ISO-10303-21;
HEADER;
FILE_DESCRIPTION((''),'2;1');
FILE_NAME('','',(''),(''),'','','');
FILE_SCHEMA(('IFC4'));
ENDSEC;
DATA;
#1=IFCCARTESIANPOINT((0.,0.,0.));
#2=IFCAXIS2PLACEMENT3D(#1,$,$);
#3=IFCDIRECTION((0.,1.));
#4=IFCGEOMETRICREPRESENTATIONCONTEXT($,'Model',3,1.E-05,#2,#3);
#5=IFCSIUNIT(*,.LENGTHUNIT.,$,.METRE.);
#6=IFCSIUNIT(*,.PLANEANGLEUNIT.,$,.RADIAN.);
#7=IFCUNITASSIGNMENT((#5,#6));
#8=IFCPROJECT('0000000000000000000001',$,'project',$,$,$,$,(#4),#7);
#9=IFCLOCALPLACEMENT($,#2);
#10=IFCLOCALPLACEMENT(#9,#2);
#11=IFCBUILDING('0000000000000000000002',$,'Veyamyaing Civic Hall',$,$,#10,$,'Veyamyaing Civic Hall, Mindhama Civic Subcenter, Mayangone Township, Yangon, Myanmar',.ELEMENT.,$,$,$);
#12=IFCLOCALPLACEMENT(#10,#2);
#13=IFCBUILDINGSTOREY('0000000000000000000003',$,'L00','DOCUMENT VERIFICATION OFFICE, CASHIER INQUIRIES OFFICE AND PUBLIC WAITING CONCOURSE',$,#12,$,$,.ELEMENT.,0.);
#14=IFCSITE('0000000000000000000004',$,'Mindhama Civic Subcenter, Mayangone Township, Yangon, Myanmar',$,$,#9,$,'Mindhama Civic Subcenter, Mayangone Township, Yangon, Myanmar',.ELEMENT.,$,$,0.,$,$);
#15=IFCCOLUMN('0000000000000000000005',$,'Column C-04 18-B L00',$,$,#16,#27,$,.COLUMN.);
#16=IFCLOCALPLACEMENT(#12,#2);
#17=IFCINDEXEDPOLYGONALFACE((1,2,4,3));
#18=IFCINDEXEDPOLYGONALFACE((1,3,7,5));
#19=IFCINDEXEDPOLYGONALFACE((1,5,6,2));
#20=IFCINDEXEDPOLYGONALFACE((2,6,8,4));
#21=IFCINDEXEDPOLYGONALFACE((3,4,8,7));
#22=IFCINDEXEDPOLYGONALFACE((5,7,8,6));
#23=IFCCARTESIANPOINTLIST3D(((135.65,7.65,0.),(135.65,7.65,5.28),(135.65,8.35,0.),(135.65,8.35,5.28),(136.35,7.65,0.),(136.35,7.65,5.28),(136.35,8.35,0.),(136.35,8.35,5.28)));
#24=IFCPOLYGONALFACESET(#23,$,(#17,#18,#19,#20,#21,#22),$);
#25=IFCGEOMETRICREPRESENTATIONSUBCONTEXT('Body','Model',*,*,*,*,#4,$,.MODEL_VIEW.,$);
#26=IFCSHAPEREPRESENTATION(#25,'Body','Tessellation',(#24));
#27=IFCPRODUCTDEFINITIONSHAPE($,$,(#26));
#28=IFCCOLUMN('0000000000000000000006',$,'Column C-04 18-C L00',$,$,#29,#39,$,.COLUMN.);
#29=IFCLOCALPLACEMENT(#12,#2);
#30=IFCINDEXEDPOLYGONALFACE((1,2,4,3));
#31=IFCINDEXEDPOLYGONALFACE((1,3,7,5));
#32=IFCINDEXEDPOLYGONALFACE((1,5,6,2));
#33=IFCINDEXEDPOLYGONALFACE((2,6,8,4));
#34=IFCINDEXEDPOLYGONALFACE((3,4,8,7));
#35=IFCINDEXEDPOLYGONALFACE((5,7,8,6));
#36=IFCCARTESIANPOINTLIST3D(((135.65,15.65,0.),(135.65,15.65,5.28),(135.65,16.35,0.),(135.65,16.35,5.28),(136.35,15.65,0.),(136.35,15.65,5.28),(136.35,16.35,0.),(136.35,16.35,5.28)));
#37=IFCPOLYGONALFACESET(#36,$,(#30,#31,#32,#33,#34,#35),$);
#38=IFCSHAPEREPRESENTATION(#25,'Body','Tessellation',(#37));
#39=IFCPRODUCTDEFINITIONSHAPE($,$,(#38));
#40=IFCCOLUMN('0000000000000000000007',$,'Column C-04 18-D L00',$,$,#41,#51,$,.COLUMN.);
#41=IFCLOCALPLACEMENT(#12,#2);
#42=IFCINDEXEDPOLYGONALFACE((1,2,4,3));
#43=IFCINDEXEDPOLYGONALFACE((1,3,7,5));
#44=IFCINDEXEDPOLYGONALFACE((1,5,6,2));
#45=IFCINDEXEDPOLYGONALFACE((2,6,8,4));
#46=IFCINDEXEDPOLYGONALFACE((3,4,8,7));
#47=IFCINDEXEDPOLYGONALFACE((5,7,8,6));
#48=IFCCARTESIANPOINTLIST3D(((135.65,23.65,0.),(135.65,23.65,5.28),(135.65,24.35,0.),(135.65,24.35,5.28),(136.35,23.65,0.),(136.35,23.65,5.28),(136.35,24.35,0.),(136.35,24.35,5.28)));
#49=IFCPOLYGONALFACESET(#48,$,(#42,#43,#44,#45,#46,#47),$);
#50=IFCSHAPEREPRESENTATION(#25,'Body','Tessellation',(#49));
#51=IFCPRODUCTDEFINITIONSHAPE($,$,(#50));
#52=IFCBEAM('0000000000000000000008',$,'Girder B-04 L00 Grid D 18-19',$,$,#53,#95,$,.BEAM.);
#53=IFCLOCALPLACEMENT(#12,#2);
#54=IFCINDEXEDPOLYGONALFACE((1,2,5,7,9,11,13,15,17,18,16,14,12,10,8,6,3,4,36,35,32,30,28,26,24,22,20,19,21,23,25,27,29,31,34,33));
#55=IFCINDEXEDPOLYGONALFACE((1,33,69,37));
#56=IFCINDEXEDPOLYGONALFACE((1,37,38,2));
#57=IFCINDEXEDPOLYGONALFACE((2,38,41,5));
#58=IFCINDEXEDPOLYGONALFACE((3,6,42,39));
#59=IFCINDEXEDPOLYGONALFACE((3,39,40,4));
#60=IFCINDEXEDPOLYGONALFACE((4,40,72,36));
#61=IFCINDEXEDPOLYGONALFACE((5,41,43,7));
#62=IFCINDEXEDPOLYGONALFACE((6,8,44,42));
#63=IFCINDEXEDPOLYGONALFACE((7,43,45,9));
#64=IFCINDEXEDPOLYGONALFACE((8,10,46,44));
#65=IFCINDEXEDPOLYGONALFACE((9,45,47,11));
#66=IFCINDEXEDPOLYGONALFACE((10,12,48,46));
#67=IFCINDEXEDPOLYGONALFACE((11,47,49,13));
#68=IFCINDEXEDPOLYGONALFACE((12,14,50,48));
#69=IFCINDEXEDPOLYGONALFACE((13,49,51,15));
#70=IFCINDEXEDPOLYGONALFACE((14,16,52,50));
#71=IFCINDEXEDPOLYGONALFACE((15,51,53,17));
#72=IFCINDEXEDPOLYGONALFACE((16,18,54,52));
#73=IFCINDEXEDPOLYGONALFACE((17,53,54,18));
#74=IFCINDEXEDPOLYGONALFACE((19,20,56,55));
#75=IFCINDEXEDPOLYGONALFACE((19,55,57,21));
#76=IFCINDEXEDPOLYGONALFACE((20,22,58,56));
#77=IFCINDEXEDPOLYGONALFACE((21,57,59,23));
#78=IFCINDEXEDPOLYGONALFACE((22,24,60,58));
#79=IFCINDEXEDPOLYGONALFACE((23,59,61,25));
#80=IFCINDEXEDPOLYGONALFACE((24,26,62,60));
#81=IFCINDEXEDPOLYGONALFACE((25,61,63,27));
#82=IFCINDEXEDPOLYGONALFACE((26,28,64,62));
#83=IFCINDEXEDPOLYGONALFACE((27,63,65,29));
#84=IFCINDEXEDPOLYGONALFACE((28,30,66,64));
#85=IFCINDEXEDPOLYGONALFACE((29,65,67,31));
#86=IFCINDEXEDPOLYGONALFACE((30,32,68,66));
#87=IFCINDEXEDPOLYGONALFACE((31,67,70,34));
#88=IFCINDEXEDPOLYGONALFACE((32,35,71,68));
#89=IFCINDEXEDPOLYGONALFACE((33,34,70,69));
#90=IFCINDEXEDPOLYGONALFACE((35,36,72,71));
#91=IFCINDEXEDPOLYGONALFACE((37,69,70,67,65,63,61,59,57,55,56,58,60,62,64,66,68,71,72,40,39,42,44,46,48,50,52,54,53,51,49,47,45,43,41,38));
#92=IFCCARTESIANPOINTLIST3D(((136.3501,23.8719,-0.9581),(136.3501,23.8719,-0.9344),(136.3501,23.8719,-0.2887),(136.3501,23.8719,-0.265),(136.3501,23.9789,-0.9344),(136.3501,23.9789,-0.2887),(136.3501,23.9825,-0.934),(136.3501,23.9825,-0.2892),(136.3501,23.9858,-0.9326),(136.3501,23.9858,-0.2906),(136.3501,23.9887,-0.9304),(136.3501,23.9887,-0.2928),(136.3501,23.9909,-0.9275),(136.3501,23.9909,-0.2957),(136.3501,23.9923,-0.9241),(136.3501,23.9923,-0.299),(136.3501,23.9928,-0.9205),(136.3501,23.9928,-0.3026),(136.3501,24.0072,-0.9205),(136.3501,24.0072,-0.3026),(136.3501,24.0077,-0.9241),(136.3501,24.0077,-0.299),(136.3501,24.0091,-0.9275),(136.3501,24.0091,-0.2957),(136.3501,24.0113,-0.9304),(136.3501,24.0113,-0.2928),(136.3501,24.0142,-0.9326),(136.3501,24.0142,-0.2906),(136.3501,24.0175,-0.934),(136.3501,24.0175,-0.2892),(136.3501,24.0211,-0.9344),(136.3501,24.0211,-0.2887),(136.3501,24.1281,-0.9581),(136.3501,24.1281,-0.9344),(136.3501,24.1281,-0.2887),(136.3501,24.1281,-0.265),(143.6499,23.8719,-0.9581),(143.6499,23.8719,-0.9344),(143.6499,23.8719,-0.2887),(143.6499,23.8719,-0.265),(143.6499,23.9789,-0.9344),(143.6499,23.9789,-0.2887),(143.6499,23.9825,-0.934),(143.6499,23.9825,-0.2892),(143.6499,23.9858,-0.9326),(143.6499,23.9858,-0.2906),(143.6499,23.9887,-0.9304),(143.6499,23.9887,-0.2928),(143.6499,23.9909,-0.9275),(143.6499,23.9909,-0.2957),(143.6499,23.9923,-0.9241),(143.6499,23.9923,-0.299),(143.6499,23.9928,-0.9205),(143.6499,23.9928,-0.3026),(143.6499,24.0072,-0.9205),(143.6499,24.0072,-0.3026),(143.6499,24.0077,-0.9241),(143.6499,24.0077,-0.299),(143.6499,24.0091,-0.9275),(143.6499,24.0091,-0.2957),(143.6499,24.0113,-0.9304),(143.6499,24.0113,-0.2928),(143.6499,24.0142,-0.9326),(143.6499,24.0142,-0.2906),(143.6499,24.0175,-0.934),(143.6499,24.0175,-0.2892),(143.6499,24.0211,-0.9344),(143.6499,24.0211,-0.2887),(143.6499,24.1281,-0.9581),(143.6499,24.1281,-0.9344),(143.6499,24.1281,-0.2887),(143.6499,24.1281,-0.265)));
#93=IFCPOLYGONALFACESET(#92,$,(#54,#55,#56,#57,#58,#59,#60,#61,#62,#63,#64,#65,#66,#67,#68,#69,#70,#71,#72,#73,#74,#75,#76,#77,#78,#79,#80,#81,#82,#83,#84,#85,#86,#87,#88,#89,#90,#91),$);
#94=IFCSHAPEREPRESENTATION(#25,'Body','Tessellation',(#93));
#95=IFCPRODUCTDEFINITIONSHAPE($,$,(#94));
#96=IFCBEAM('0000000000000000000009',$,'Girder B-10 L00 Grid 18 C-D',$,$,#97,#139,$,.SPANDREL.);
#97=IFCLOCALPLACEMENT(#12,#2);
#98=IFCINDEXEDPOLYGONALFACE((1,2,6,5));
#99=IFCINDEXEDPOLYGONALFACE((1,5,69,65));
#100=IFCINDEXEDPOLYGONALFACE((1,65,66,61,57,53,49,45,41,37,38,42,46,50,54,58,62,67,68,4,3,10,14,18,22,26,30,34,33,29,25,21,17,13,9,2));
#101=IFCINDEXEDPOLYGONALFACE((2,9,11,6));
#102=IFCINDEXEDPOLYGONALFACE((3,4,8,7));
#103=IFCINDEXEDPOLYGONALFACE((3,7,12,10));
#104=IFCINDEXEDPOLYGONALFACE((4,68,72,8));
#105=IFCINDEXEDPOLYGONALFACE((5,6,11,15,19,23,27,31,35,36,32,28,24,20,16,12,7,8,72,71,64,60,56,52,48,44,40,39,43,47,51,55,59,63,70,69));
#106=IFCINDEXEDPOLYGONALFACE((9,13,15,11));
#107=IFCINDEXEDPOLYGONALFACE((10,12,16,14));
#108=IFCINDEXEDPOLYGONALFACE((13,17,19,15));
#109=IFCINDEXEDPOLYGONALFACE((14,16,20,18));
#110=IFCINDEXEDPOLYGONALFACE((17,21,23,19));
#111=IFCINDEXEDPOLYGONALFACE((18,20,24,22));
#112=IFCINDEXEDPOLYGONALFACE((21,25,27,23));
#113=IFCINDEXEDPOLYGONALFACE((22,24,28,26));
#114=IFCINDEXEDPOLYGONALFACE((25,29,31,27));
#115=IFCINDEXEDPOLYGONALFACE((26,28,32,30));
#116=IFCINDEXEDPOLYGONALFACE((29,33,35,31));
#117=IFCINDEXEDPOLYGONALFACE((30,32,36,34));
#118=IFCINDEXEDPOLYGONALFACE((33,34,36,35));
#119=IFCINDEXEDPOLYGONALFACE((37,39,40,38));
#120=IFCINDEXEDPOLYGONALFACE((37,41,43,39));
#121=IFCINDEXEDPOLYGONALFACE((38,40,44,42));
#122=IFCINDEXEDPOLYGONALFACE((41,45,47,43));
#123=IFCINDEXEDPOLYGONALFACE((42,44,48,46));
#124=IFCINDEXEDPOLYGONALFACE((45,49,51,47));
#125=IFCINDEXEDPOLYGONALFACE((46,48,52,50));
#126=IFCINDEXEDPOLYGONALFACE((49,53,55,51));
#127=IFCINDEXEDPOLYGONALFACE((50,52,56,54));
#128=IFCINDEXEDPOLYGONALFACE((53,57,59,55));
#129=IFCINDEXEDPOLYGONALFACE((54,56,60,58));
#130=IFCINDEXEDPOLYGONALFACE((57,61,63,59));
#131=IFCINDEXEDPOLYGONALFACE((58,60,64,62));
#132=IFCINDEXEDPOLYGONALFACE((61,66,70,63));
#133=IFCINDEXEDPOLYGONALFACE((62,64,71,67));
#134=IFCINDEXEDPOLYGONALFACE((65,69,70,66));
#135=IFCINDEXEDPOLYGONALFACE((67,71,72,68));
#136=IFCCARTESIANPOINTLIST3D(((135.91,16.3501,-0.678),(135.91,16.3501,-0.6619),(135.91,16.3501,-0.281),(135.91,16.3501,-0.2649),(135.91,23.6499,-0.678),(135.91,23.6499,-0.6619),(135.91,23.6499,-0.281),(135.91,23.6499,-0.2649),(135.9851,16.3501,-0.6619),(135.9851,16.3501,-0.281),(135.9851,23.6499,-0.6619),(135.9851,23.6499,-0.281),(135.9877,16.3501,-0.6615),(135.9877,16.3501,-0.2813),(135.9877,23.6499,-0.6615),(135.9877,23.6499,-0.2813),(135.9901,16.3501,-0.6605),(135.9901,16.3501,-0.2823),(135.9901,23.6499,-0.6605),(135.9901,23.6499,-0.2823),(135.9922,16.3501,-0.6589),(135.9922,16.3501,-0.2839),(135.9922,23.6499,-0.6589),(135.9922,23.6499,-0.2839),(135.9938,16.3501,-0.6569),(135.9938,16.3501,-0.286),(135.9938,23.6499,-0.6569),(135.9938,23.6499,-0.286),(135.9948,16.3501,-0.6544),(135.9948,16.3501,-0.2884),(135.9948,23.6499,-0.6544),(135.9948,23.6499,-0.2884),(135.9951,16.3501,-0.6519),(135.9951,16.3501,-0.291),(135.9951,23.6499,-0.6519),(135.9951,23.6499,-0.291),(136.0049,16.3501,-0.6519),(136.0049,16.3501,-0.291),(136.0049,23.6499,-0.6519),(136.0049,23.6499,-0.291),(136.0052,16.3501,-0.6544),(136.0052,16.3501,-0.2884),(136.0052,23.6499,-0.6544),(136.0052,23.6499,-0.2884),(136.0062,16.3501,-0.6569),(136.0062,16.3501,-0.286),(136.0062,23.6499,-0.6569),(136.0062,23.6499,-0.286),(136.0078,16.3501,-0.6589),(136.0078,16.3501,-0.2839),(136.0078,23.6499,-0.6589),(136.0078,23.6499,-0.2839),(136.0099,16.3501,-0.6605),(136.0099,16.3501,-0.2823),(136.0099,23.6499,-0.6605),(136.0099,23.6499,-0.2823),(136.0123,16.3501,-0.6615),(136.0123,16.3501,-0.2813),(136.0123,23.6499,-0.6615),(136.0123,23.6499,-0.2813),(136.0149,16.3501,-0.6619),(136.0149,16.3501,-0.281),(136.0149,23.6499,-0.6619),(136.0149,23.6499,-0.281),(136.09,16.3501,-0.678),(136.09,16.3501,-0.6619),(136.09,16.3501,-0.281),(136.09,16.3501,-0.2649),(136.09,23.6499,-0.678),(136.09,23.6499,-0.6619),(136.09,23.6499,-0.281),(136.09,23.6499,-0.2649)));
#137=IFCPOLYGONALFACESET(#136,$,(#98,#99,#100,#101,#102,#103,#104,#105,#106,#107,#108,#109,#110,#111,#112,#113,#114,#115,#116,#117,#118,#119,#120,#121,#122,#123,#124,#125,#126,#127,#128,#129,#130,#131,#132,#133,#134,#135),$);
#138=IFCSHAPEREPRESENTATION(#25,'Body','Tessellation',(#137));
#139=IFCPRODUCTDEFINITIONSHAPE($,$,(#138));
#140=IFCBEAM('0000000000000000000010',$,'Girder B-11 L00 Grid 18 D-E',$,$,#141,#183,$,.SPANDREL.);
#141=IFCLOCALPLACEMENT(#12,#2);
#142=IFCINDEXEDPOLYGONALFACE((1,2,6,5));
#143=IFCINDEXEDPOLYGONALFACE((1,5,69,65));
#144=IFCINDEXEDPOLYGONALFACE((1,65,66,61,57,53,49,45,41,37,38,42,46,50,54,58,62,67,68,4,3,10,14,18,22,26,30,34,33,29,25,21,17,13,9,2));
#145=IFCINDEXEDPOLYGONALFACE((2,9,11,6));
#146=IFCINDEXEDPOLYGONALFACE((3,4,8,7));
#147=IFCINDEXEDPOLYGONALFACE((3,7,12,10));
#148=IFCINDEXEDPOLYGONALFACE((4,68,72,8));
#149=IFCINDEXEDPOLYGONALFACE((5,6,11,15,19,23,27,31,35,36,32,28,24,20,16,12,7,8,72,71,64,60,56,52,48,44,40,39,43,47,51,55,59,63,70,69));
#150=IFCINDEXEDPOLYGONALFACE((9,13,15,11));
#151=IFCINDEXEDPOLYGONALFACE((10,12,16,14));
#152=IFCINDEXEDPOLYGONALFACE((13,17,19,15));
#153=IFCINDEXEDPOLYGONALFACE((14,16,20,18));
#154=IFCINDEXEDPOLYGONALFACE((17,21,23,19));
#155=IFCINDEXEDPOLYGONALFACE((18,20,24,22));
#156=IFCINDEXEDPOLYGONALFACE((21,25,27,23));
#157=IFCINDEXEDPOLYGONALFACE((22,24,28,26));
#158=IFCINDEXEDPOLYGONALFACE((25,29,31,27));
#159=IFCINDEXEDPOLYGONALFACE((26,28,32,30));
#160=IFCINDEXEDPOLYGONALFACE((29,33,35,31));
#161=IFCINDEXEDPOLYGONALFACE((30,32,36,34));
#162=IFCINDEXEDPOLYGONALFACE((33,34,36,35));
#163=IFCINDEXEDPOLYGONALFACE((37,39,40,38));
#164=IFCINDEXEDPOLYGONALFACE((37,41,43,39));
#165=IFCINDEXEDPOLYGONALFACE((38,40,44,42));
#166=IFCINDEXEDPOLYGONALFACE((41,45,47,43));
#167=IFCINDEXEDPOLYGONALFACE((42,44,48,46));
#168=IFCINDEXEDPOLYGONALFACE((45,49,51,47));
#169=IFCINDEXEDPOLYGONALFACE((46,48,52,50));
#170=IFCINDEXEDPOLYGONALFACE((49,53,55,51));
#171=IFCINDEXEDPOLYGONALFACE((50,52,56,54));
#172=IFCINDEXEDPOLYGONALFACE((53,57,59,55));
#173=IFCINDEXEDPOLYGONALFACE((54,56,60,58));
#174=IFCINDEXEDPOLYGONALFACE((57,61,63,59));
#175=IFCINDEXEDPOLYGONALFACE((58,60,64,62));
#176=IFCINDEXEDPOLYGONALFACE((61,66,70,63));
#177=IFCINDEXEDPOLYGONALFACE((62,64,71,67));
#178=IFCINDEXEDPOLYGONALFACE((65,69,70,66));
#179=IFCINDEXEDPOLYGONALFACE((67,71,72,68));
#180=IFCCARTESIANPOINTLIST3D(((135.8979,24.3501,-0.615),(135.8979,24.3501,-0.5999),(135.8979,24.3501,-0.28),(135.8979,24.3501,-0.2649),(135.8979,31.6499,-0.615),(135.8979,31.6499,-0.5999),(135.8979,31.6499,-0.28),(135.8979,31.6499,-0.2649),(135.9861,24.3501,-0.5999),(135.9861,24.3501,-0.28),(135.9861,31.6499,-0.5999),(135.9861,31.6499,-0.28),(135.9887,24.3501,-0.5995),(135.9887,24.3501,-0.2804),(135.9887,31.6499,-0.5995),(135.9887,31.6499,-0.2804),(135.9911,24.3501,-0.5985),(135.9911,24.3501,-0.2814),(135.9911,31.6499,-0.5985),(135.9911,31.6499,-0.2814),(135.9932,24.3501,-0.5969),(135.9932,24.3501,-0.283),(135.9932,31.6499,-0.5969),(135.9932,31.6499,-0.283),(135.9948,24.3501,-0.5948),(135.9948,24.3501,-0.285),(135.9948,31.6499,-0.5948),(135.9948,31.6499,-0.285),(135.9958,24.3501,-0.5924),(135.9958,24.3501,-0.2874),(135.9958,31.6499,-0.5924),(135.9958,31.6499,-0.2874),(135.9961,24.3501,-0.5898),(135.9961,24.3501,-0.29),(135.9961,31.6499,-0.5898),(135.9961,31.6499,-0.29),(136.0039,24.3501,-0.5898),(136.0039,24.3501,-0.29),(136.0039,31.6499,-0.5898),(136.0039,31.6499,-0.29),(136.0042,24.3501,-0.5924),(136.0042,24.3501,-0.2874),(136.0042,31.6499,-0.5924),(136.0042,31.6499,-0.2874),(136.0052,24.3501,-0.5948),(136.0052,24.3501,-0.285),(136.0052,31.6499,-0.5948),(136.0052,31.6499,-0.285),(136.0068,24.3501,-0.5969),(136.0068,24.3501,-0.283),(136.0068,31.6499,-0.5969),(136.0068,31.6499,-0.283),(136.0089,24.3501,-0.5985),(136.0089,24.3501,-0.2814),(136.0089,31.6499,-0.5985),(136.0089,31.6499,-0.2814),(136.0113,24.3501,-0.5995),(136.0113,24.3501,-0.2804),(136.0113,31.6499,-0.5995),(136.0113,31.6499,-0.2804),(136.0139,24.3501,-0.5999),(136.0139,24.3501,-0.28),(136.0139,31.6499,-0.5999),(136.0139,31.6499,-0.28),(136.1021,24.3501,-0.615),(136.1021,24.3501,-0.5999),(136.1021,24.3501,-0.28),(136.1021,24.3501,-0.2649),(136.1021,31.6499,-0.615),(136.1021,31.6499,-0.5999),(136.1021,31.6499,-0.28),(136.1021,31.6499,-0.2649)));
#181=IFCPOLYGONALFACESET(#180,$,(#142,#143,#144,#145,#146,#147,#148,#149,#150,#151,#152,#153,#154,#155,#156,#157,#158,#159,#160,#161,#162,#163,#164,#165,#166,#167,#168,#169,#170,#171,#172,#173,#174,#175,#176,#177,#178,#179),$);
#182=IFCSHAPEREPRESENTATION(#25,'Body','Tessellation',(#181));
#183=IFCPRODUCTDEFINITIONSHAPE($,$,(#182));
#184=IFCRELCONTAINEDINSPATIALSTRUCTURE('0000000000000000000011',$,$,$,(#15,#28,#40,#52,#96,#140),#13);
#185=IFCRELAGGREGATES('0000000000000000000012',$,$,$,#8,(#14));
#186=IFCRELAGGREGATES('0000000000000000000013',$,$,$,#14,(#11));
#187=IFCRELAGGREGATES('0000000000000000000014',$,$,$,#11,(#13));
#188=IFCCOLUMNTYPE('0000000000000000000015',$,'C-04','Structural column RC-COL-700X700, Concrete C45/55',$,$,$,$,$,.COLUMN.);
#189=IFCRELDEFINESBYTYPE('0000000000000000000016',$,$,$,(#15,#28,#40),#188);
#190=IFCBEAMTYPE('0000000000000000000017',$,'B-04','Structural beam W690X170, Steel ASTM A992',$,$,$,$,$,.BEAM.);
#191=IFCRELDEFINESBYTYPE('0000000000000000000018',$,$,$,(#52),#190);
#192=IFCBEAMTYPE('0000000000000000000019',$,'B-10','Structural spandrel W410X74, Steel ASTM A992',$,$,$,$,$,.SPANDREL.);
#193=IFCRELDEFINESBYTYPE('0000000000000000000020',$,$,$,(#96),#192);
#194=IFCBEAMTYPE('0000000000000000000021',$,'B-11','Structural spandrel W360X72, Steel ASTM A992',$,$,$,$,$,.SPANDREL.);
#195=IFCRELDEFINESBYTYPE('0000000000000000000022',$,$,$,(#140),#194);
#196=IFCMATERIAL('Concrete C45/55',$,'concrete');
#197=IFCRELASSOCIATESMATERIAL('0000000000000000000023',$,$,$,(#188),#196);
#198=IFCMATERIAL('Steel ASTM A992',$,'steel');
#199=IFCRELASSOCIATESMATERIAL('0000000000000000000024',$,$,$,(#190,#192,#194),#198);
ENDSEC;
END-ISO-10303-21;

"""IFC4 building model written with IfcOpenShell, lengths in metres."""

from ifc_helpers import new_model, si_unit, direction, frame, origin, origin_2d, place, context, subcontext, project, spatial, rectangle, i_section, extrude, material, material_profile, profile_set, type_object, element, save


model = new_model("IFC4")

# Units and contexts
model_context = context("Model", 3, precision=1e-05, world=origin(), true_north=direction((0.0, 1.0)))
body_context = subcontext(model_context, "Body", "Model", "MODEL_VIEW")
ifc_project = project(units=[si_unit("LENGTHUNIT", "METRE"), si_unit("PLANEANGLEUNIT", "RADIAN")], contexts=[model_context])

# Site, building, storey
site_placement = place(None, origin())
site = spatial("IfcSite", under=ifc_project, at=site_placement, Name="Mindhama Civic Subcenter, Mayangone Township, Yangon, Myanmar", LongName="Mindhama Civic Subcenter, Mayangone Township, Yangon, Myanmar", CompositionType="ELEMENT", RefElevation=0.0)
building_placement = place(site_placement, origin())
building = spatial("IfcBuilding", under=site, at=building_placement, Name="Veyamyaing Civic Hall", LongName="Veyamyaing Civic Hall, Mindhama Civic Subcenter, Mayangone Township, Yangon, Myanmar", CompositionType="ELEMENT")
storey_placement = place(building_placement, origin())
storey = spatial("IfcBuildingStorey", under=building, at=storey_placement, Name="L00", Description="DOCUMENT VERIFICATION OFFICE, CASHIER INQUIRIES OFFICE AND PUBLIC WAITING CONCOURSE", CompositionType="ELEMENT", Elevation=0.0)

# Columns
ifc_material_1 = material(Name="Concrete C45/55", Category="concrete")
ifc_material_profile_1 = material_profile(ifc_material_1, rectangle(XDim=0.7, YDim=0.7, at=origin_2d()), Name="RC-COL-700X700")
ifc_profile_set_1 = profile_set([ifc_material_profile_1], Name="Concrete C45/55")
column_type = type_object("IfcColumnType", Name="C-04", Description="Structural column RC-COL-700X700, Concrete C45/55", PredefinedType="COLUMN", material=ifc_profile_set_1)
for number, where, z_axis, x_axis, name in (
    (1, (136.0, 8.0, 0.0), (0.0, 0.0, 1.0), (1.0, 0.0, 0.0), "Column C-04 18-B L00"),
    (2, (136.0, 16.0, 0.0), (0.0, 0.0, 1.0), (1.0, 0.0, 0.0), "Column C-04 18-C L00"),
    (3, (136.0, 24.0, 0.0), (0.0, 0.0, 1.0), (1.0, 0.0, 0.0), "Column C-04 18-D L00"),
):
    element("IfcColumn", number, at=place(storey_placement, frame(where, z_axis=z_axis, x_axis=x_axis)), inside=storey, type_object=column_type, Name=name, PredefinedType="COLUMN", context=body_context, shape_type="SweptSolid", body=[
        extrude(rectangle(XDim=0.7, YDim=0.7, at=origin_2d()), origin(), (0.0, 0.0, 1.0), 5.28),
    ])

# Beams
ifc_material_2 = material(Name="Steel ASTM A992", Category="steel")
ifc_material_profile_2 = material_profile(ifc_material_2, i_section(OverallWidth=0.2561, OverallDepth=0.6931, WebThickness=0.0144, FlangeThickness=0.0237, FilletRadius=0.0139, at=origin_2d()), Name="W690X170")
ifc_profile_set_2 = profile_set([ifc_material_profile_2], Name="Steel ASTM A992")
beam_type_1 = type_object("IfcBeamType", Name="B-04", Description="Structural beam W690X170, Steel ASTM A992", PredefinedType="BEAM", material=ifc_profile_set_2)
beam_1_placement = place(storey_placement, frame((136.3501, 24.0, -0.6116), z_axis=(1.0, 0.0, 0.0), x_axis=(0.0, 1.0, 0.0)))
element("IfcBeam", 4, at=beam_1_placement, inside=storey, type_object=beam_type_1, Name="Girder B-04 L00 Grid D 18-19", PredefinedType="BEAM", context=body_context, shape_type="SweptSolid", body=[
    extrude(i_section(OverallWidth=0.2561, OverallDepth=0.6931, WebThickness=0.0144, FlangeThickness=0.0237, FilletRadius=0.0139, at=origin_2d()), origin(), (0.0, 0.0, 1.0), 7.2998),
])
ifc_material_profile_3 = material_profile(ifc_material_2, i_section(OverallWidth=0.1799, OverallDepth=0.4131, WebThickness=0.0098, FlangeThickness=0.0161, FilletRadius=0.01, at=origin_2d()), Name="W410X74")
ifc_profile_set_3 = profile_set([ifc_material_profile_3], Name="Steel ASTM A992")
beam_type_2 = type_object("IfcBeamType", Name="B-10", Description="Structural spandrel W410X74, Steel ASTM A992", PredefinedType="SPANDREL", material=ifc_profile_set_3)
beam_2_placement = place(storey_placement, frame((136.0, 16.3501, -0.4714), z_axis=(0.0, 1.0, 0.0), x_axis=(-1.0, 0.0, 0.0)))
element("IfcBeam", 5, at=beam_2_placement, inside=storey, type_object=beam_type_2, Name="Girder B-10 L00 Grid 18 C-D", PredefinedType="SPANDREL", context=body_context, shape_type="SweptSolid", body=[
    extrude(i_section(OverallWidth=0.1799, OverallDepth=0.4131, WebThickness=0.0098, FlangeThickness=0.0161, FilletRadius=0.01, at=origin_2d()), origin(), (0.0, 0.0, 1.0), 7.2998),
])
ifc_material_profile_4 = material_profile(ifc_material_2, i_section(OverallWidth=0.2041, OverallDepth=0.3501, WebThickness=0.0078, FlangeThickness=0.0151, FilletRadius=0.01, at=origin_2d()), Name="W360X72")
ifc_profile_set_4 = profile_set([ifc_material_profile_4], Name="Steel ASTM A992")
beam_type_3 = type_object("IfcBeamType", Name="B-11", Description="Structural spandrel W360X72, Steel ASTM A992", PredefinedType="SPANDREL", material=ifc_profile_set_4)
beam_3_placement = place(storey_placement, frame((136.0, 24.3501, -0.4399), z_axis=(0.0, 1.0, 0.0), x_axis=(-1.0, 0.0, 0.0)))
element("IfcBeam", 6, at=beam_3_placement, inside=storey, type_object=beam_type_3, Name="Girder B-11 L00 Grid 18 D-E", PredefinedType="SPANDREL", context=body_context, shape_type="SweptSolid", body=[
    extrude(i_section(OverallWidth=0.2041, OverallDepth=0.3501, WebThickness=0.0078, FlangeThickness=0.0151, FilletRadius=0.01, at=origin_2d()), origin(), (0.0, 0.0, 1.0), 7.2998),
])

save(model, "model.ifc")
